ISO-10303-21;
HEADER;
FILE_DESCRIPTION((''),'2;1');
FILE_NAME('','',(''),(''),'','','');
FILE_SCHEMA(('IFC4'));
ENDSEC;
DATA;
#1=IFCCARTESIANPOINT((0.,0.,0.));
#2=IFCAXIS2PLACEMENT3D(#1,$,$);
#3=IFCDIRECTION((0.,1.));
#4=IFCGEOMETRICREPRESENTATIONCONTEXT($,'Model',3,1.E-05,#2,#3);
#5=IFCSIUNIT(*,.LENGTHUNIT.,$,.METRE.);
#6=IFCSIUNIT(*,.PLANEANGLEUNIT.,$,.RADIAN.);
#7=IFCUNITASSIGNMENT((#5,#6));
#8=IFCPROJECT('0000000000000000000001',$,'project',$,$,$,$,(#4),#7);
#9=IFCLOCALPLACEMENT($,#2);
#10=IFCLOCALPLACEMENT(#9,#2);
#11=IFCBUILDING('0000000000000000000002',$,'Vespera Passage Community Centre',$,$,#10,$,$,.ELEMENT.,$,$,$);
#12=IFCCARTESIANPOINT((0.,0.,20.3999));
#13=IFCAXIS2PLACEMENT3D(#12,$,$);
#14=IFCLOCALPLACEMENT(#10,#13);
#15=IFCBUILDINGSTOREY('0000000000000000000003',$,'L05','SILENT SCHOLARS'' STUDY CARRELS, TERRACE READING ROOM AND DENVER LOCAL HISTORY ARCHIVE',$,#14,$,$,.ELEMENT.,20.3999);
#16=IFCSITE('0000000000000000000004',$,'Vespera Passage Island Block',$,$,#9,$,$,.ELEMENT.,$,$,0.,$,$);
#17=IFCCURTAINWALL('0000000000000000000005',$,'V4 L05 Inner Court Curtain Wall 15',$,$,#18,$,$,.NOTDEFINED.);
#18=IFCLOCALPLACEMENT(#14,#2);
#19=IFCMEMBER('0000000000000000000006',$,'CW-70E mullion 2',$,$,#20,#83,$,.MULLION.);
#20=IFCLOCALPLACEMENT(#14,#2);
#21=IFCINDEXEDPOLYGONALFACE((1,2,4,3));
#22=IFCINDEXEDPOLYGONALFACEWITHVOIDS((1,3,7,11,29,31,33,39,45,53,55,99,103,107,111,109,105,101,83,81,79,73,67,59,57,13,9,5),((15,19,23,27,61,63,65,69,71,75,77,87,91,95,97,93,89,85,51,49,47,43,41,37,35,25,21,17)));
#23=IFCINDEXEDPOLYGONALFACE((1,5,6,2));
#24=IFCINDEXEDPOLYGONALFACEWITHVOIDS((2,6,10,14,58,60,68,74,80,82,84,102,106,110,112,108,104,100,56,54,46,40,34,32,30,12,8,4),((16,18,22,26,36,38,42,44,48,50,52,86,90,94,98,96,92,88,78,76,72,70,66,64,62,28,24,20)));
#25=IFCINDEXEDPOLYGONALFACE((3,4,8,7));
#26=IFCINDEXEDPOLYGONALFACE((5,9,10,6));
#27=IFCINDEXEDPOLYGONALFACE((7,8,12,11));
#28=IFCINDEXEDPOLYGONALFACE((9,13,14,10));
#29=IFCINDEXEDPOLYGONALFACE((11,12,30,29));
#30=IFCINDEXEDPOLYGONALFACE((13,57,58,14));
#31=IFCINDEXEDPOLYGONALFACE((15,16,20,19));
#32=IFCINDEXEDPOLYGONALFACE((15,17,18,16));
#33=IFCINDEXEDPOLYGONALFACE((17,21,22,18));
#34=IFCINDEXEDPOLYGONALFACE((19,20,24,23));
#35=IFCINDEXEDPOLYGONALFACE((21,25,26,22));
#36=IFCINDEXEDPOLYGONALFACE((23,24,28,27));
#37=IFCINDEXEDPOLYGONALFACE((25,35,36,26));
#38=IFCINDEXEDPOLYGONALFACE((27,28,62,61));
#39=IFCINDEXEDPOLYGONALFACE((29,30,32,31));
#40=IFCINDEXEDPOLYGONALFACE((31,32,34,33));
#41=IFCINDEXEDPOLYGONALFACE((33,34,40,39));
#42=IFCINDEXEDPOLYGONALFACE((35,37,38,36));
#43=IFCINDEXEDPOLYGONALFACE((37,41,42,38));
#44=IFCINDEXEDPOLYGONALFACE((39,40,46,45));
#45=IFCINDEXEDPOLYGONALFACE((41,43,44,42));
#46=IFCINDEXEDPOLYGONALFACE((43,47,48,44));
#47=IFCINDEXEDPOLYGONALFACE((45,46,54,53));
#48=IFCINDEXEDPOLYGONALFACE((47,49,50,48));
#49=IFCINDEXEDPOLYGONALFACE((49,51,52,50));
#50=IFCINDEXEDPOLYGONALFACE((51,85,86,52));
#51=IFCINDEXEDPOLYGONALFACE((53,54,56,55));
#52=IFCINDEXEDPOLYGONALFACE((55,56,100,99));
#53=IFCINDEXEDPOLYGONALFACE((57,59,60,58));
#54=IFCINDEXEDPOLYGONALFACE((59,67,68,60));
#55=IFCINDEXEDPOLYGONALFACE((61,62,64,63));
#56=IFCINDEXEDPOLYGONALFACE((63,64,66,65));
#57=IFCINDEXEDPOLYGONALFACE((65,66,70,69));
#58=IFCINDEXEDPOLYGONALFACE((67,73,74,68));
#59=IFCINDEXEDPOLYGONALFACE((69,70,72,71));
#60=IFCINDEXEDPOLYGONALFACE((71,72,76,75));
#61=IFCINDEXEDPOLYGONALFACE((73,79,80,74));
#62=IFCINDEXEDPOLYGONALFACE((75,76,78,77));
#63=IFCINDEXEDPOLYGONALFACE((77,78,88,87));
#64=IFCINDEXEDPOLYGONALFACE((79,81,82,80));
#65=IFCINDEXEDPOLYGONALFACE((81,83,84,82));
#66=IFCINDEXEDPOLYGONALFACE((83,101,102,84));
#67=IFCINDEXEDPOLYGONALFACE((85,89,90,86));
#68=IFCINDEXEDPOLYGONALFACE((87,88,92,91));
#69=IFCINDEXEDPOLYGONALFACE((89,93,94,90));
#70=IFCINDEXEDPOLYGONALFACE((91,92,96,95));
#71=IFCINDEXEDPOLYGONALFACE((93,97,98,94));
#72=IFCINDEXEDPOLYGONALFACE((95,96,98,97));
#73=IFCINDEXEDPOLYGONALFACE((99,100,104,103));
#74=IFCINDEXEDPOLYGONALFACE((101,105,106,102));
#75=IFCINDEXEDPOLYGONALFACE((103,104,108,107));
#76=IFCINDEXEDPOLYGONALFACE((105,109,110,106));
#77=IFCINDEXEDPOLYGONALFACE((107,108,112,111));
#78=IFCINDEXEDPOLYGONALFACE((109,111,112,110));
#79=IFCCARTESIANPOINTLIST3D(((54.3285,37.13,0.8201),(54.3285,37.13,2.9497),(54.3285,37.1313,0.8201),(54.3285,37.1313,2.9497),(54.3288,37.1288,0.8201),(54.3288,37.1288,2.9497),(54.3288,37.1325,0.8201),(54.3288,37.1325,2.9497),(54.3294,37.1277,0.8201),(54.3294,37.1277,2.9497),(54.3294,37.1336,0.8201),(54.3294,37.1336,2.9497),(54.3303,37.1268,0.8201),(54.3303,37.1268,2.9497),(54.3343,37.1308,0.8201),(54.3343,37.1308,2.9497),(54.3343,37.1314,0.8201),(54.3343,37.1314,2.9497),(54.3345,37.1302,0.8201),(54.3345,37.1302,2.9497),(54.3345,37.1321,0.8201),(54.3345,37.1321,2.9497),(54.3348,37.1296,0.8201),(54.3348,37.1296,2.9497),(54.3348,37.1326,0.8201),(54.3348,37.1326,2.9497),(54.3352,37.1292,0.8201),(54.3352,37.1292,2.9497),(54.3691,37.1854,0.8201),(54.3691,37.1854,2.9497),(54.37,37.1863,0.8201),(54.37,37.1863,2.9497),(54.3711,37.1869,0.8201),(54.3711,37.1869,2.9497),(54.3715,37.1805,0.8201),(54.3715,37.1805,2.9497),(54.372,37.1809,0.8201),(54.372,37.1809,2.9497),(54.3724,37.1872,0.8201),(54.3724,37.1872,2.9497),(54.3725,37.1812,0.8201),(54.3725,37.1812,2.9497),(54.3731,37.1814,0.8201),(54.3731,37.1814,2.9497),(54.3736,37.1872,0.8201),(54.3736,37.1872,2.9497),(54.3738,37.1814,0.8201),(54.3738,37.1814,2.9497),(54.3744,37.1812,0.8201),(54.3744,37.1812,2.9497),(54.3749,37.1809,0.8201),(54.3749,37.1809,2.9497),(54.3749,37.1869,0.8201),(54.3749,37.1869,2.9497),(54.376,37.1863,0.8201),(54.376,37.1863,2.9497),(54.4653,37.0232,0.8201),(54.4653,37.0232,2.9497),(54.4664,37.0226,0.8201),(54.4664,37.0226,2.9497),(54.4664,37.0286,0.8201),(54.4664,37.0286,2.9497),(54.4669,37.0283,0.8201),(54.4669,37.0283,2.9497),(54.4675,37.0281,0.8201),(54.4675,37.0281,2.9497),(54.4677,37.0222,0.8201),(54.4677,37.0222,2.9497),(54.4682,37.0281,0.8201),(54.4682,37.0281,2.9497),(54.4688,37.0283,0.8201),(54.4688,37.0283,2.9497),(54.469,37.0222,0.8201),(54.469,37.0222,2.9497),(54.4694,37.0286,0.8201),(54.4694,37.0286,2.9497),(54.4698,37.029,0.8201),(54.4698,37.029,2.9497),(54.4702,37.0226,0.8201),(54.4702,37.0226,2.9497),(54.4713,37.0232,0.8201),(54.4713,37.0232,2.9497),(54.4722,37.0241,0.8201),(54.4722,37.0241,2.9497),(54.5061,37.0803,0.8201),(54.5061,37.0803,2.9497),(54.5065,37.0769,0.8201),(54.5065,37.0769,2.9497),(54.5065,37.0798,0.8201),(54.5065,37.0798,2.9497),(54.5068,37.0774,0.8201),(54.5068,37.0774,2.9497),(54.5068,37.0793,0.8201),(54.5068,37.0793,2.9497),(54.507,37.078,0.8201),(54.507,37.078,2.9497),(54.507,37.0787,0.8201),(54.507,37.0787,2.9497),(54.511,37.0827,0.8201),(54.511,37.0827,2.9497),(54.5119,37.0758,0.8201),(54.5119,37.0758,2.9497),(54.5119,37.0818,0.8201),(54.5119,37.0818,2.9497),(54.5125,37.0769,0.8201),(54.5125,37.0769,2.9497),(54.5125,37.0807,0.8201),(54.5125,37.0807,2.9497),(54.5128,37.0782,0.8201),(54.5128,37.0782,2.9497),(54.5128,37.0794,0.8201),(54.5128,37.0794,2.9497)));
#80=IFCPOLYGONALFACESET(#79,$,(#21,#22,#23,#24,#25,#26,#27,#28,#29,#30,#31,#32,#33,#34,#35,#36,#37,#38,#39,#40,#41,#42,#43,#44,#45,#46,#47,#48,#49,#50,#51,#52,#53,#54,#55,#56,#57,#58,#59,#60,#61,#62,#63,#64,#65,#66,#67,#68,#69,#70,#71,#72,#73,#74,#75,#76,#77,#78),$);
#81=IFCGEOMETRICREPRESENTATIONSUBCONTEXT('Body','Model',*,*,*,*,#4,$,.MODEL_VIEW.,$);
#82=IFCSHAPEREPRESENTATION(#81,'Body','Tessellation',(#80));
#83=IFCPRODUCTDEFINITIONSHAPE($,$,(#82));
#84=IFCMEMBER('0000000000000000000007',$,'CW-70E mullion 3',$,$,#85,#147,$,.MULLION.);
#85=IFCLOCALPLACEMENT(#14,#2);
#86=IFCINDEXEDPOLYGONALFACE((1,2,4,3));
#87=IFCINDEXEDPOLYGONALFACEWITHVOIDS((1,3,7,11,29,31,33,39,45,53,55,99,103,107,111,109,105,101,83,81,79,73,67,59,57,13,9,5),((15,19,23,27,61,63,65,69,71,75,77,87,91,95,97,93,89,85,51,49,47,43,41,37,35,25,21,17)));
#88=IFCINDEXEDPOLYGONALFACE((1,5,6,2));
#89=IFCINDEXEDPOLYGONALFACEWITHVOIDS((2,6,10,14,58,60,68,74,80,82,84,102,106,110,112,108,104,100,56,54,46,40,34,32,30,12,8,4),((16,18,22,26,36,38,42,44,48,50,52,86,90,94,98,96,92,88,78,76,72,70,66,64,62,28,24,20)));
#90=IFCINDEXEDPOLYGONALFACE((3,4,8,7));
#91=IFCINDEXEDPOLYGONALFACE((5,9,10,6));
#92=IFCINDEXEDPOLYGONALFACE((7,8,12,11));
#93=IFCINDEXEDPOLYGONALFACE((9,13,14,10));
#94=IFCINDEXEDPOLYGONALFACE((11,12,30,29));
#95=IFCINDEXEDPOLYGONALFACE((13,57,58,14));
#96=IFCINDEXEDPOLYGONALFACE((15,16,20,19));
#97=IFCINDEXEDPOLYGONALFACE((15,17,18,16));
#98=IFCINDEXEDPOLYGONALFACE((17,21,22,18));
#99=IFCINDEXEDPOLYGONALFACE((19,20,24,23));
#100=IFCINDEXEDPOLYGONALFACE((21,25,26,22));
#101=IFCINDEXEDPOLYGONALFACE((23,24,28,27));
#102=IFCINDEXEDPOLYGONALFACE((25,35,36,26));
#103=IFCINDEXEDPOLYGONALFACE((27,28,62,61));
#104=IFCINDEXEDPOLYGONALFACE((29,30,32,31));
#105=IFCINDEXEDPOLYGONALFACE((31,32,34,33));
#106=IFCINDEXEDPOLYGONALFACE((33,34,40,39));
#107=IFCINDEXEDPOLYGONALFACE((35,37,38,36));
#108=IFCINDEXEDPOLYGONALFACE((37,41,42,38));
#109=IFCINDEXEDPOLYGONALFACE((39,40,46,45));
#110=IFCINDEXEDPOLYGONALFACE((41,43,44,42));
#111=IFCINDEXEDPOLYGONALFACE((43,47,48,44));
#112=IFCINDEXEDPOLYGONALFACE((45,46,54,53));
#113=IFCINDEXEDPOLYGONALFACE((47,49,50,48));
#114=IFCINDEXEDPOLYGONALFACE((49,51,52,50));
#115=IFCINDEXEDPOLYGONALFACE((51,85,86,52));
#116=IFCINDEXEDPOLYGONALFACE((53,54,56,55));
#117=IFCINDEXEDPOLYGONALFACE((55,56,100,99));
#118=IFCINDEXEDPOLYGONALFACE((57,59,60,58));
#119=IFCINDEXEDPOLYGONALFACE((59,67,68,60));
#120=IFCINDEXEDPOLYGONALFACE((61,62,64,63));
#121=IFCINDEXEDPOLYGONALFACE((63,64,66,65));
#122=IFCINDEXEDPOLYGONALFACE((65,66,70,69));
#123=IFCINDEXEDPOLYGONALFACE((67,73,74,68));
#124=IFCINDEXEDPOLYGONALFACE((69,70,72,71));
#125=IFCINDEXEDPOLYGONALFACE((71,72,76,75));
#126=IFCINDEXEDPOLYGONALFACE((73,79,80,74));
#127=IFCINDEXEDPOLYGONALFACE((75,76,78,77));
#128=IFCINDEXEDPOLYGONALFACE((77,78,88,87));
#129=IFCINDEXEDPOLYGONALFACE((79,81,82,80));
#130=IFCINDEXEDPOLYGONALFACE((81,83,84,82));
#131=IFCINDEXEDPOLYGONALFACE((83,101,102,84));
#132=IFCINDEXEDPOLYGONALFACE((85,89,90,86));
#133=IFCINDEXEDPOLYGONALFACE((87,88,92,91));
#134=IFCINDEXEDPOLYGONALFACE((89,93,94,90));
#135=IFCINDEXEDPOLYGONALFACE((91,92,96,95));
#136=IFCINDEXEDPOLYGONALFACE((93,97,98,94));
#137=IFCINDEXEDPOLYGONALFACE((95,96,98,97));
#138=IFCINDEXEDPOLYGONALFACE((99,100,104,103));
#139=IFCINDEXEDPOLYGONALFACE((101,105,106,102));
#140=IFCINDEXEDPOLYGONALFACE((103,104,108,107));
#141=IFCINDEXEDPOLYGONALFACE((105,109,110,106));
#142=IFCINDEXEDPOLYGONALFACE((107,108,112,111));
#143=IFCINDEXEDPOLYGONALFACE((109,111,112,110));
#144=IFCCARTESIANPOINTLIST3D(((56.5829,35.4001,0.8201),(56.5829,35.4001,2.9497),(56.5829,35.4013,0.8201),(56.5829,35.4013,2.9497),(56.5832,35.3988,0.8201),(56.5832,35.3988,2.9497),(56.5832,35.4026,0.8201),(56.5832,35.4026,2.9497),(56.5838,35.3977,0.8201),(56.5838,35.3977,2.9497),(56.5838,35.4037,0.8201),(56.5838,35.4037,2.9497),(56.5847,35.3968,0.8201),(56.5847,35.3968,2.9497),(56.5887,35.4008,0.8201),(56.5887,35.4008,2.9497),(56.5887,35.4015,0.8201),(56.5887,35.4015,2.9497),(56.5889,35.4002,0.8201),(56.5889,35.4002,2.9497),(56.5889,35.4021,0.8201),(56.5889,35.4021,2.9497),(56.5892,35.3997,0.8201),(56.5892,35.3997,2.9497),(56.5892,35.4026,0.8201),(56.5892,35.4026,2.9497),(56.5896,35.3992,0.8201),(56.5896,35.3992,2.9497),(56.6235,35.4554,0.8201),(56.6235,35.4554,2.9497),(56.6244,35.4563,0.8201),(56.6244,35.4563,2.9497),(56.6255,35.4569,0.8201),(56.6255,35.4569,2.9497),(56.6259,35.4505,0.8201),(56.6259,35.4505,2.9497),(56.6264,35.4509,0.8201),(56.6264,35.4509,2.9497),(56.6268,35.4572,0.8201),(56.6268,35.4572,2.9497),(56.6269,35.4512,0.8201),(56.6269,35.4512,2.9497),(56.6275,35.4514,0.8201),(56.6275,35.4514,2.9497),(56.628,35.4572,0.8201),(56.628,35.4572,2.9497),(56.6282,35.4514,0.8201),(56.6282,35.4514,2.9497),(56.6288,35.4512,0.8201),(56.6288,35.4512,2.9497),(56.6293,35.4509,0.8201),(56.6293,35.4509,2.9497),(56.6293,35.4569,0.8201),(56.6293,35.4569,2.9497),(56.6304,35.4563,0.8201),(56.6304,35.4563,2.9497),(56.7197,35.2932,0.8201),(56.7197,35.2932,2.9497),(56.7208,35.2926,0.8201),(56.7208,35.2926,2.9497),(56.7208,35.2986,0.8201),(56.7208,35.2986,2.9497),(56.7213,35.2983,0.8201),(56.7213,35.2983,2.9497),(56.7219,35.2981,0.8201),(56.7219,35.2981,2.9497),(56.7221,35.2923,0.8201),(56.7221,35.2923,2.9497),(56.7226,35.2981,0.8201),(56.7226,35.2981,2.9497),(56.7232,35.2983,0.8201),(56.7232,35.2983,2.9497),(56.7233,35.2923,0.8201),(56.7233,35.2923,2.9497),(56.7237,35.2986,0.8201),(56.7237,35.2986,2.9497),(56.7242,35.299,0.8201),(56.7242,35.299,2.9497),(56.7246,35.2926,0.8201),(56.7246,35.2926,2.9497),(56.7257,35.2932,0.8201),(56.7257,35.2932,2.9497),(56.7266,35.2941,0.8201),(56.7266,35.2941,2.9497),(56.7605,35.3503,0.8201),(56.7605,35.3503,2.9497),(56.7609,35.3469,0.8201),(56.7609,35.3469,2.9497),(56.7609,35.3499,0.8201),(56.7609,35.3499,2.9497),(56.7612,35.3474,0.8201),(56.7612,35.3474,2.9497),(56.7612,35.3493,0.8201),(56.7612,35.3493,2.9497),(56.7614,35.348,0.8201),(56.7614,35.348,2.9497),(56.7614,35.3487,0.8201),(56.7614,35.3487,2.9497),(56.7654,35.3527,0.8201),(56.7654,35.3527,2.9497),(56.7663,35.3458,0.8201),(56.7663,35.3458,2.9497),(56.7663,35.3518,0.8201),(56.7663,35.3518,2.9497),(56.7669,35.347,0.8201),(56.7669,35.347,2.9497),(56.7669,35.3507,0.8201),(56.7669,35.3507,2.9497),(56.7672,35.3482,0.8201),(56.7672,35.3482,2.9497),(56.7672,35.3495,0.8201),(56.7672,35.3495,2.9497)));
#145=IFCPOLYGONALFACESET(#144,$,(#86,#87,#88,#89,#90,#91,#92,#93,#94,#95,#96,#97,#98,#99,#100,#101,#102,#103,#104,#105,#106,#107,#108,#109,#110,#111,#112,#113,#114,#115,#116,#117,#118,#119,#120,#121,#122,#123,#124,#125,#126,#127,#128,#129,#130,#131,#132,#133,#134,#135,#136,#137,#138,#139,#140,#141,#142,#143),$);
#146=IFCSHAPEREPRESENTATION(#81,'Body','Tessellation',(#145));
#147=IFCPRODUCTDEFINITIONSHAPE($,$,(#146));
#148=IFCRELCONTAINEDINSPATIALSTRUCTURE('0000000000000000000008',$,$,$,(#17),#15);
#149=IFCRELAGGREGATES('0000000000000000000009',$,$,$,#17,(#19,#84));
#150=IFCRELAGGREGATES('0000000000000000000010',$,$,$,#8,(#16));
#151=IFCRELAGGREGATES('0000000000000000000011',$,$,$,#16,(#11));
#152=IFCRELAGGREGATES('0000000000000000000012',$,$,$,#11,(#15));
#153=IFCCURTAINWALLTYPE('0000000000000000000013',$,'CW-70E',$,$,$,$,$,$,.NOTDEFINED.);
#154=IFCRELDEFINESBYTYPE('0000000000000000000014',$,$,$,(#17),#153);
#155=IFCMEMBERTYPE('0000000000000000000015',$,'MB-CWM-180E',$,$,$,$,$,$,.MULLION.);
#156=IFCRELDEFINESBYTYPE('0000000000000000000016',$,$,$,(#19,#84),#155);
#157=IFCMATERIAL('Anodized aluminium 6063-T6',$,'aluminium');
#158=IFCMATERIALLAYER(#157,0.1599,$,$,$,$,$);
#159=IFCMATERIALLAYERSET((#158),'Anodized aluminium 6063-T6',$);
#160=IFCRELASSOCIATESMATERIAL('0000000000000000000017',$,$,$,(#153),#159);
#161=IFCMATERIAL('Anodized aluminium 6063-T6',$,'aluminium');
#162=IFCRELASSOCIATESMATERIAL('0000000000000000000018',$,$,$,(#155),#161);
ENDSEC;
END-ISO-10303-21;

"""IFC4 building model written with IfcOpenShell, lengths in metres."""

from ifc_helpers import new_model, si_unit, direction, frame, origin, origin_2d, place, context, subcontext, project, spatial, hollow_rectangle, extrude, material, layer, layer_set, material_profile, profile_set, type_object, element, aggregate, save


model = new_model("IFC4")

# Units and contexts
model_context = context("Model", 3, precision=1e-05, world=origin(), true_north=direction((0.0, 1.0)))
body_context = subcontext(model_context, "Body", "Model", "MODEL_VIEW")
ifc_project = project(units=[si_unit("LENGTHUNIT", "METRE"), si_unit("PLANEANGLEUNIT", "RADIAN")], contexts=[model_context])

# Site, building, storey
site_placement = place(None, origin())
site = spatial("IfcSite", under=ifc_project, at=site_placement, Name="Vespera Passage Island Block", CompositionType="ELEMENT", RefElevation=0.0)
building_placement = place(site_placement, origin())
building = spatial("IfcBuilding", under=site, at=building_placement, Name="Vespera Passage Community Centre", CompositionType="ELEMENT")
storey_placement = place(building_placement, frame((0.0, 0.0, 20.3999)))
storey = spatial("IfcBuildingStorey", under=building, at=storey_placement, Name="L05", Description="SILENT SCHOLARS' STUDY CARRELS, TERRACE READING ROOM AND DENVER LOCAL HISTORY ARCHIVE", CompositionType="ELEMENT", Elevation=20.3999)

# Curtain wall, members
ifc_material_1 = material(Name="Anodized aluminium 6063-T6", Category="aluminium")
ifc_layer_1 = layer(ifc_material_1, 0.1599)
ifc_layer_set_1 = layer_set([ifc_layer_1], Name="Anodized aluminium 6063-T6")
curtain_wall_type_1 = type_object("IfcCurtainWallType", Name="CW-70E", PredefinedType="NOTDEFINED", material=ifc_layer_set_1)
curtain_wall_1_placement = place(storey_placement, origin())
curtain_wall_1 = element("IfcCurtainWall", 1, at=curtain_wall_1_placement, inside=storey, type_object=curtain_wall_type_1, Name="V4 L05 Inner Court Curtain Wall 15", PredefinedType="NOTDEFINED")
ifc_material_2 = material(Name="Anodized aluminium 6063-T6", Category="aluminium")
ifc_material_profile_1 = material_profile(ifc_material_2, hollow_rectangle(XDim=0.075, YDim=0.1799, WallThickness=0.0049, InnerFilletRadius=0.0024, OuterFilletRadius=0.0049, at=origin_2d()), Name="ALU180X75X5")
ifc_profile_set_1 = profile_set([ifc_material_profile_1], Name="Anodized aluminium 6063-T6")
member_type_1 = type_object("IfcMemberType", Name="MB-CWM-180E", PredefinedType="MULLION", material=ifc_profile_set_1)
member_1_placement = place(storey_placement, frame((54.4207, 37.1047, 0.8201), z_axis=(0.0, 0.0, 1.0), x_axis=(0.608755, 0.793358, 0.0)))
member_1 = element("IfcMember", 2, at=member_1_placement, type_object=member_type_1, Name="CW-70E mullion 2", PredefinedType="MULLION", context=body_context, shape_type="SweptSolid", body=[
    extrude(hollow_rectangle(XDim=0.075, YDim=0.1799, WallThickness=0.0049, InnerFilletRadius=0.0024, OuterFilletRadius=0.0049, at=origin_2d()), origin(), (0.0, 0.0, 1.0), 2.1296),
])
member_2_placement = place(storey_placement, frame((56.675, 35.3748, 0.8201), z_axis=(0.0, 0.0, 1.0), x_axis=(0.608755, 0.793358, 0.0)))
member_2 = element("IfcMember", 3, at=member_2_placement, type_object=member_type_1, Name="CW-70E mullion 3", PredefinedType="MULLION", context=body_context, shape_type="SweptSolid", body=[
    extrude(hollow_rectangle(XDim=0.075, YDim=0.1799, WallThickness=0.0049, InnerFilletRadius=0.0024, OuterFilletRadius=0.0049, at=origin_2d()), origin(), (0.0, 0.0, 1.0), 2.1296),
])

aggregate(curtain_wall_1, [member_1, member_2])

save(model, "model.ifc")
